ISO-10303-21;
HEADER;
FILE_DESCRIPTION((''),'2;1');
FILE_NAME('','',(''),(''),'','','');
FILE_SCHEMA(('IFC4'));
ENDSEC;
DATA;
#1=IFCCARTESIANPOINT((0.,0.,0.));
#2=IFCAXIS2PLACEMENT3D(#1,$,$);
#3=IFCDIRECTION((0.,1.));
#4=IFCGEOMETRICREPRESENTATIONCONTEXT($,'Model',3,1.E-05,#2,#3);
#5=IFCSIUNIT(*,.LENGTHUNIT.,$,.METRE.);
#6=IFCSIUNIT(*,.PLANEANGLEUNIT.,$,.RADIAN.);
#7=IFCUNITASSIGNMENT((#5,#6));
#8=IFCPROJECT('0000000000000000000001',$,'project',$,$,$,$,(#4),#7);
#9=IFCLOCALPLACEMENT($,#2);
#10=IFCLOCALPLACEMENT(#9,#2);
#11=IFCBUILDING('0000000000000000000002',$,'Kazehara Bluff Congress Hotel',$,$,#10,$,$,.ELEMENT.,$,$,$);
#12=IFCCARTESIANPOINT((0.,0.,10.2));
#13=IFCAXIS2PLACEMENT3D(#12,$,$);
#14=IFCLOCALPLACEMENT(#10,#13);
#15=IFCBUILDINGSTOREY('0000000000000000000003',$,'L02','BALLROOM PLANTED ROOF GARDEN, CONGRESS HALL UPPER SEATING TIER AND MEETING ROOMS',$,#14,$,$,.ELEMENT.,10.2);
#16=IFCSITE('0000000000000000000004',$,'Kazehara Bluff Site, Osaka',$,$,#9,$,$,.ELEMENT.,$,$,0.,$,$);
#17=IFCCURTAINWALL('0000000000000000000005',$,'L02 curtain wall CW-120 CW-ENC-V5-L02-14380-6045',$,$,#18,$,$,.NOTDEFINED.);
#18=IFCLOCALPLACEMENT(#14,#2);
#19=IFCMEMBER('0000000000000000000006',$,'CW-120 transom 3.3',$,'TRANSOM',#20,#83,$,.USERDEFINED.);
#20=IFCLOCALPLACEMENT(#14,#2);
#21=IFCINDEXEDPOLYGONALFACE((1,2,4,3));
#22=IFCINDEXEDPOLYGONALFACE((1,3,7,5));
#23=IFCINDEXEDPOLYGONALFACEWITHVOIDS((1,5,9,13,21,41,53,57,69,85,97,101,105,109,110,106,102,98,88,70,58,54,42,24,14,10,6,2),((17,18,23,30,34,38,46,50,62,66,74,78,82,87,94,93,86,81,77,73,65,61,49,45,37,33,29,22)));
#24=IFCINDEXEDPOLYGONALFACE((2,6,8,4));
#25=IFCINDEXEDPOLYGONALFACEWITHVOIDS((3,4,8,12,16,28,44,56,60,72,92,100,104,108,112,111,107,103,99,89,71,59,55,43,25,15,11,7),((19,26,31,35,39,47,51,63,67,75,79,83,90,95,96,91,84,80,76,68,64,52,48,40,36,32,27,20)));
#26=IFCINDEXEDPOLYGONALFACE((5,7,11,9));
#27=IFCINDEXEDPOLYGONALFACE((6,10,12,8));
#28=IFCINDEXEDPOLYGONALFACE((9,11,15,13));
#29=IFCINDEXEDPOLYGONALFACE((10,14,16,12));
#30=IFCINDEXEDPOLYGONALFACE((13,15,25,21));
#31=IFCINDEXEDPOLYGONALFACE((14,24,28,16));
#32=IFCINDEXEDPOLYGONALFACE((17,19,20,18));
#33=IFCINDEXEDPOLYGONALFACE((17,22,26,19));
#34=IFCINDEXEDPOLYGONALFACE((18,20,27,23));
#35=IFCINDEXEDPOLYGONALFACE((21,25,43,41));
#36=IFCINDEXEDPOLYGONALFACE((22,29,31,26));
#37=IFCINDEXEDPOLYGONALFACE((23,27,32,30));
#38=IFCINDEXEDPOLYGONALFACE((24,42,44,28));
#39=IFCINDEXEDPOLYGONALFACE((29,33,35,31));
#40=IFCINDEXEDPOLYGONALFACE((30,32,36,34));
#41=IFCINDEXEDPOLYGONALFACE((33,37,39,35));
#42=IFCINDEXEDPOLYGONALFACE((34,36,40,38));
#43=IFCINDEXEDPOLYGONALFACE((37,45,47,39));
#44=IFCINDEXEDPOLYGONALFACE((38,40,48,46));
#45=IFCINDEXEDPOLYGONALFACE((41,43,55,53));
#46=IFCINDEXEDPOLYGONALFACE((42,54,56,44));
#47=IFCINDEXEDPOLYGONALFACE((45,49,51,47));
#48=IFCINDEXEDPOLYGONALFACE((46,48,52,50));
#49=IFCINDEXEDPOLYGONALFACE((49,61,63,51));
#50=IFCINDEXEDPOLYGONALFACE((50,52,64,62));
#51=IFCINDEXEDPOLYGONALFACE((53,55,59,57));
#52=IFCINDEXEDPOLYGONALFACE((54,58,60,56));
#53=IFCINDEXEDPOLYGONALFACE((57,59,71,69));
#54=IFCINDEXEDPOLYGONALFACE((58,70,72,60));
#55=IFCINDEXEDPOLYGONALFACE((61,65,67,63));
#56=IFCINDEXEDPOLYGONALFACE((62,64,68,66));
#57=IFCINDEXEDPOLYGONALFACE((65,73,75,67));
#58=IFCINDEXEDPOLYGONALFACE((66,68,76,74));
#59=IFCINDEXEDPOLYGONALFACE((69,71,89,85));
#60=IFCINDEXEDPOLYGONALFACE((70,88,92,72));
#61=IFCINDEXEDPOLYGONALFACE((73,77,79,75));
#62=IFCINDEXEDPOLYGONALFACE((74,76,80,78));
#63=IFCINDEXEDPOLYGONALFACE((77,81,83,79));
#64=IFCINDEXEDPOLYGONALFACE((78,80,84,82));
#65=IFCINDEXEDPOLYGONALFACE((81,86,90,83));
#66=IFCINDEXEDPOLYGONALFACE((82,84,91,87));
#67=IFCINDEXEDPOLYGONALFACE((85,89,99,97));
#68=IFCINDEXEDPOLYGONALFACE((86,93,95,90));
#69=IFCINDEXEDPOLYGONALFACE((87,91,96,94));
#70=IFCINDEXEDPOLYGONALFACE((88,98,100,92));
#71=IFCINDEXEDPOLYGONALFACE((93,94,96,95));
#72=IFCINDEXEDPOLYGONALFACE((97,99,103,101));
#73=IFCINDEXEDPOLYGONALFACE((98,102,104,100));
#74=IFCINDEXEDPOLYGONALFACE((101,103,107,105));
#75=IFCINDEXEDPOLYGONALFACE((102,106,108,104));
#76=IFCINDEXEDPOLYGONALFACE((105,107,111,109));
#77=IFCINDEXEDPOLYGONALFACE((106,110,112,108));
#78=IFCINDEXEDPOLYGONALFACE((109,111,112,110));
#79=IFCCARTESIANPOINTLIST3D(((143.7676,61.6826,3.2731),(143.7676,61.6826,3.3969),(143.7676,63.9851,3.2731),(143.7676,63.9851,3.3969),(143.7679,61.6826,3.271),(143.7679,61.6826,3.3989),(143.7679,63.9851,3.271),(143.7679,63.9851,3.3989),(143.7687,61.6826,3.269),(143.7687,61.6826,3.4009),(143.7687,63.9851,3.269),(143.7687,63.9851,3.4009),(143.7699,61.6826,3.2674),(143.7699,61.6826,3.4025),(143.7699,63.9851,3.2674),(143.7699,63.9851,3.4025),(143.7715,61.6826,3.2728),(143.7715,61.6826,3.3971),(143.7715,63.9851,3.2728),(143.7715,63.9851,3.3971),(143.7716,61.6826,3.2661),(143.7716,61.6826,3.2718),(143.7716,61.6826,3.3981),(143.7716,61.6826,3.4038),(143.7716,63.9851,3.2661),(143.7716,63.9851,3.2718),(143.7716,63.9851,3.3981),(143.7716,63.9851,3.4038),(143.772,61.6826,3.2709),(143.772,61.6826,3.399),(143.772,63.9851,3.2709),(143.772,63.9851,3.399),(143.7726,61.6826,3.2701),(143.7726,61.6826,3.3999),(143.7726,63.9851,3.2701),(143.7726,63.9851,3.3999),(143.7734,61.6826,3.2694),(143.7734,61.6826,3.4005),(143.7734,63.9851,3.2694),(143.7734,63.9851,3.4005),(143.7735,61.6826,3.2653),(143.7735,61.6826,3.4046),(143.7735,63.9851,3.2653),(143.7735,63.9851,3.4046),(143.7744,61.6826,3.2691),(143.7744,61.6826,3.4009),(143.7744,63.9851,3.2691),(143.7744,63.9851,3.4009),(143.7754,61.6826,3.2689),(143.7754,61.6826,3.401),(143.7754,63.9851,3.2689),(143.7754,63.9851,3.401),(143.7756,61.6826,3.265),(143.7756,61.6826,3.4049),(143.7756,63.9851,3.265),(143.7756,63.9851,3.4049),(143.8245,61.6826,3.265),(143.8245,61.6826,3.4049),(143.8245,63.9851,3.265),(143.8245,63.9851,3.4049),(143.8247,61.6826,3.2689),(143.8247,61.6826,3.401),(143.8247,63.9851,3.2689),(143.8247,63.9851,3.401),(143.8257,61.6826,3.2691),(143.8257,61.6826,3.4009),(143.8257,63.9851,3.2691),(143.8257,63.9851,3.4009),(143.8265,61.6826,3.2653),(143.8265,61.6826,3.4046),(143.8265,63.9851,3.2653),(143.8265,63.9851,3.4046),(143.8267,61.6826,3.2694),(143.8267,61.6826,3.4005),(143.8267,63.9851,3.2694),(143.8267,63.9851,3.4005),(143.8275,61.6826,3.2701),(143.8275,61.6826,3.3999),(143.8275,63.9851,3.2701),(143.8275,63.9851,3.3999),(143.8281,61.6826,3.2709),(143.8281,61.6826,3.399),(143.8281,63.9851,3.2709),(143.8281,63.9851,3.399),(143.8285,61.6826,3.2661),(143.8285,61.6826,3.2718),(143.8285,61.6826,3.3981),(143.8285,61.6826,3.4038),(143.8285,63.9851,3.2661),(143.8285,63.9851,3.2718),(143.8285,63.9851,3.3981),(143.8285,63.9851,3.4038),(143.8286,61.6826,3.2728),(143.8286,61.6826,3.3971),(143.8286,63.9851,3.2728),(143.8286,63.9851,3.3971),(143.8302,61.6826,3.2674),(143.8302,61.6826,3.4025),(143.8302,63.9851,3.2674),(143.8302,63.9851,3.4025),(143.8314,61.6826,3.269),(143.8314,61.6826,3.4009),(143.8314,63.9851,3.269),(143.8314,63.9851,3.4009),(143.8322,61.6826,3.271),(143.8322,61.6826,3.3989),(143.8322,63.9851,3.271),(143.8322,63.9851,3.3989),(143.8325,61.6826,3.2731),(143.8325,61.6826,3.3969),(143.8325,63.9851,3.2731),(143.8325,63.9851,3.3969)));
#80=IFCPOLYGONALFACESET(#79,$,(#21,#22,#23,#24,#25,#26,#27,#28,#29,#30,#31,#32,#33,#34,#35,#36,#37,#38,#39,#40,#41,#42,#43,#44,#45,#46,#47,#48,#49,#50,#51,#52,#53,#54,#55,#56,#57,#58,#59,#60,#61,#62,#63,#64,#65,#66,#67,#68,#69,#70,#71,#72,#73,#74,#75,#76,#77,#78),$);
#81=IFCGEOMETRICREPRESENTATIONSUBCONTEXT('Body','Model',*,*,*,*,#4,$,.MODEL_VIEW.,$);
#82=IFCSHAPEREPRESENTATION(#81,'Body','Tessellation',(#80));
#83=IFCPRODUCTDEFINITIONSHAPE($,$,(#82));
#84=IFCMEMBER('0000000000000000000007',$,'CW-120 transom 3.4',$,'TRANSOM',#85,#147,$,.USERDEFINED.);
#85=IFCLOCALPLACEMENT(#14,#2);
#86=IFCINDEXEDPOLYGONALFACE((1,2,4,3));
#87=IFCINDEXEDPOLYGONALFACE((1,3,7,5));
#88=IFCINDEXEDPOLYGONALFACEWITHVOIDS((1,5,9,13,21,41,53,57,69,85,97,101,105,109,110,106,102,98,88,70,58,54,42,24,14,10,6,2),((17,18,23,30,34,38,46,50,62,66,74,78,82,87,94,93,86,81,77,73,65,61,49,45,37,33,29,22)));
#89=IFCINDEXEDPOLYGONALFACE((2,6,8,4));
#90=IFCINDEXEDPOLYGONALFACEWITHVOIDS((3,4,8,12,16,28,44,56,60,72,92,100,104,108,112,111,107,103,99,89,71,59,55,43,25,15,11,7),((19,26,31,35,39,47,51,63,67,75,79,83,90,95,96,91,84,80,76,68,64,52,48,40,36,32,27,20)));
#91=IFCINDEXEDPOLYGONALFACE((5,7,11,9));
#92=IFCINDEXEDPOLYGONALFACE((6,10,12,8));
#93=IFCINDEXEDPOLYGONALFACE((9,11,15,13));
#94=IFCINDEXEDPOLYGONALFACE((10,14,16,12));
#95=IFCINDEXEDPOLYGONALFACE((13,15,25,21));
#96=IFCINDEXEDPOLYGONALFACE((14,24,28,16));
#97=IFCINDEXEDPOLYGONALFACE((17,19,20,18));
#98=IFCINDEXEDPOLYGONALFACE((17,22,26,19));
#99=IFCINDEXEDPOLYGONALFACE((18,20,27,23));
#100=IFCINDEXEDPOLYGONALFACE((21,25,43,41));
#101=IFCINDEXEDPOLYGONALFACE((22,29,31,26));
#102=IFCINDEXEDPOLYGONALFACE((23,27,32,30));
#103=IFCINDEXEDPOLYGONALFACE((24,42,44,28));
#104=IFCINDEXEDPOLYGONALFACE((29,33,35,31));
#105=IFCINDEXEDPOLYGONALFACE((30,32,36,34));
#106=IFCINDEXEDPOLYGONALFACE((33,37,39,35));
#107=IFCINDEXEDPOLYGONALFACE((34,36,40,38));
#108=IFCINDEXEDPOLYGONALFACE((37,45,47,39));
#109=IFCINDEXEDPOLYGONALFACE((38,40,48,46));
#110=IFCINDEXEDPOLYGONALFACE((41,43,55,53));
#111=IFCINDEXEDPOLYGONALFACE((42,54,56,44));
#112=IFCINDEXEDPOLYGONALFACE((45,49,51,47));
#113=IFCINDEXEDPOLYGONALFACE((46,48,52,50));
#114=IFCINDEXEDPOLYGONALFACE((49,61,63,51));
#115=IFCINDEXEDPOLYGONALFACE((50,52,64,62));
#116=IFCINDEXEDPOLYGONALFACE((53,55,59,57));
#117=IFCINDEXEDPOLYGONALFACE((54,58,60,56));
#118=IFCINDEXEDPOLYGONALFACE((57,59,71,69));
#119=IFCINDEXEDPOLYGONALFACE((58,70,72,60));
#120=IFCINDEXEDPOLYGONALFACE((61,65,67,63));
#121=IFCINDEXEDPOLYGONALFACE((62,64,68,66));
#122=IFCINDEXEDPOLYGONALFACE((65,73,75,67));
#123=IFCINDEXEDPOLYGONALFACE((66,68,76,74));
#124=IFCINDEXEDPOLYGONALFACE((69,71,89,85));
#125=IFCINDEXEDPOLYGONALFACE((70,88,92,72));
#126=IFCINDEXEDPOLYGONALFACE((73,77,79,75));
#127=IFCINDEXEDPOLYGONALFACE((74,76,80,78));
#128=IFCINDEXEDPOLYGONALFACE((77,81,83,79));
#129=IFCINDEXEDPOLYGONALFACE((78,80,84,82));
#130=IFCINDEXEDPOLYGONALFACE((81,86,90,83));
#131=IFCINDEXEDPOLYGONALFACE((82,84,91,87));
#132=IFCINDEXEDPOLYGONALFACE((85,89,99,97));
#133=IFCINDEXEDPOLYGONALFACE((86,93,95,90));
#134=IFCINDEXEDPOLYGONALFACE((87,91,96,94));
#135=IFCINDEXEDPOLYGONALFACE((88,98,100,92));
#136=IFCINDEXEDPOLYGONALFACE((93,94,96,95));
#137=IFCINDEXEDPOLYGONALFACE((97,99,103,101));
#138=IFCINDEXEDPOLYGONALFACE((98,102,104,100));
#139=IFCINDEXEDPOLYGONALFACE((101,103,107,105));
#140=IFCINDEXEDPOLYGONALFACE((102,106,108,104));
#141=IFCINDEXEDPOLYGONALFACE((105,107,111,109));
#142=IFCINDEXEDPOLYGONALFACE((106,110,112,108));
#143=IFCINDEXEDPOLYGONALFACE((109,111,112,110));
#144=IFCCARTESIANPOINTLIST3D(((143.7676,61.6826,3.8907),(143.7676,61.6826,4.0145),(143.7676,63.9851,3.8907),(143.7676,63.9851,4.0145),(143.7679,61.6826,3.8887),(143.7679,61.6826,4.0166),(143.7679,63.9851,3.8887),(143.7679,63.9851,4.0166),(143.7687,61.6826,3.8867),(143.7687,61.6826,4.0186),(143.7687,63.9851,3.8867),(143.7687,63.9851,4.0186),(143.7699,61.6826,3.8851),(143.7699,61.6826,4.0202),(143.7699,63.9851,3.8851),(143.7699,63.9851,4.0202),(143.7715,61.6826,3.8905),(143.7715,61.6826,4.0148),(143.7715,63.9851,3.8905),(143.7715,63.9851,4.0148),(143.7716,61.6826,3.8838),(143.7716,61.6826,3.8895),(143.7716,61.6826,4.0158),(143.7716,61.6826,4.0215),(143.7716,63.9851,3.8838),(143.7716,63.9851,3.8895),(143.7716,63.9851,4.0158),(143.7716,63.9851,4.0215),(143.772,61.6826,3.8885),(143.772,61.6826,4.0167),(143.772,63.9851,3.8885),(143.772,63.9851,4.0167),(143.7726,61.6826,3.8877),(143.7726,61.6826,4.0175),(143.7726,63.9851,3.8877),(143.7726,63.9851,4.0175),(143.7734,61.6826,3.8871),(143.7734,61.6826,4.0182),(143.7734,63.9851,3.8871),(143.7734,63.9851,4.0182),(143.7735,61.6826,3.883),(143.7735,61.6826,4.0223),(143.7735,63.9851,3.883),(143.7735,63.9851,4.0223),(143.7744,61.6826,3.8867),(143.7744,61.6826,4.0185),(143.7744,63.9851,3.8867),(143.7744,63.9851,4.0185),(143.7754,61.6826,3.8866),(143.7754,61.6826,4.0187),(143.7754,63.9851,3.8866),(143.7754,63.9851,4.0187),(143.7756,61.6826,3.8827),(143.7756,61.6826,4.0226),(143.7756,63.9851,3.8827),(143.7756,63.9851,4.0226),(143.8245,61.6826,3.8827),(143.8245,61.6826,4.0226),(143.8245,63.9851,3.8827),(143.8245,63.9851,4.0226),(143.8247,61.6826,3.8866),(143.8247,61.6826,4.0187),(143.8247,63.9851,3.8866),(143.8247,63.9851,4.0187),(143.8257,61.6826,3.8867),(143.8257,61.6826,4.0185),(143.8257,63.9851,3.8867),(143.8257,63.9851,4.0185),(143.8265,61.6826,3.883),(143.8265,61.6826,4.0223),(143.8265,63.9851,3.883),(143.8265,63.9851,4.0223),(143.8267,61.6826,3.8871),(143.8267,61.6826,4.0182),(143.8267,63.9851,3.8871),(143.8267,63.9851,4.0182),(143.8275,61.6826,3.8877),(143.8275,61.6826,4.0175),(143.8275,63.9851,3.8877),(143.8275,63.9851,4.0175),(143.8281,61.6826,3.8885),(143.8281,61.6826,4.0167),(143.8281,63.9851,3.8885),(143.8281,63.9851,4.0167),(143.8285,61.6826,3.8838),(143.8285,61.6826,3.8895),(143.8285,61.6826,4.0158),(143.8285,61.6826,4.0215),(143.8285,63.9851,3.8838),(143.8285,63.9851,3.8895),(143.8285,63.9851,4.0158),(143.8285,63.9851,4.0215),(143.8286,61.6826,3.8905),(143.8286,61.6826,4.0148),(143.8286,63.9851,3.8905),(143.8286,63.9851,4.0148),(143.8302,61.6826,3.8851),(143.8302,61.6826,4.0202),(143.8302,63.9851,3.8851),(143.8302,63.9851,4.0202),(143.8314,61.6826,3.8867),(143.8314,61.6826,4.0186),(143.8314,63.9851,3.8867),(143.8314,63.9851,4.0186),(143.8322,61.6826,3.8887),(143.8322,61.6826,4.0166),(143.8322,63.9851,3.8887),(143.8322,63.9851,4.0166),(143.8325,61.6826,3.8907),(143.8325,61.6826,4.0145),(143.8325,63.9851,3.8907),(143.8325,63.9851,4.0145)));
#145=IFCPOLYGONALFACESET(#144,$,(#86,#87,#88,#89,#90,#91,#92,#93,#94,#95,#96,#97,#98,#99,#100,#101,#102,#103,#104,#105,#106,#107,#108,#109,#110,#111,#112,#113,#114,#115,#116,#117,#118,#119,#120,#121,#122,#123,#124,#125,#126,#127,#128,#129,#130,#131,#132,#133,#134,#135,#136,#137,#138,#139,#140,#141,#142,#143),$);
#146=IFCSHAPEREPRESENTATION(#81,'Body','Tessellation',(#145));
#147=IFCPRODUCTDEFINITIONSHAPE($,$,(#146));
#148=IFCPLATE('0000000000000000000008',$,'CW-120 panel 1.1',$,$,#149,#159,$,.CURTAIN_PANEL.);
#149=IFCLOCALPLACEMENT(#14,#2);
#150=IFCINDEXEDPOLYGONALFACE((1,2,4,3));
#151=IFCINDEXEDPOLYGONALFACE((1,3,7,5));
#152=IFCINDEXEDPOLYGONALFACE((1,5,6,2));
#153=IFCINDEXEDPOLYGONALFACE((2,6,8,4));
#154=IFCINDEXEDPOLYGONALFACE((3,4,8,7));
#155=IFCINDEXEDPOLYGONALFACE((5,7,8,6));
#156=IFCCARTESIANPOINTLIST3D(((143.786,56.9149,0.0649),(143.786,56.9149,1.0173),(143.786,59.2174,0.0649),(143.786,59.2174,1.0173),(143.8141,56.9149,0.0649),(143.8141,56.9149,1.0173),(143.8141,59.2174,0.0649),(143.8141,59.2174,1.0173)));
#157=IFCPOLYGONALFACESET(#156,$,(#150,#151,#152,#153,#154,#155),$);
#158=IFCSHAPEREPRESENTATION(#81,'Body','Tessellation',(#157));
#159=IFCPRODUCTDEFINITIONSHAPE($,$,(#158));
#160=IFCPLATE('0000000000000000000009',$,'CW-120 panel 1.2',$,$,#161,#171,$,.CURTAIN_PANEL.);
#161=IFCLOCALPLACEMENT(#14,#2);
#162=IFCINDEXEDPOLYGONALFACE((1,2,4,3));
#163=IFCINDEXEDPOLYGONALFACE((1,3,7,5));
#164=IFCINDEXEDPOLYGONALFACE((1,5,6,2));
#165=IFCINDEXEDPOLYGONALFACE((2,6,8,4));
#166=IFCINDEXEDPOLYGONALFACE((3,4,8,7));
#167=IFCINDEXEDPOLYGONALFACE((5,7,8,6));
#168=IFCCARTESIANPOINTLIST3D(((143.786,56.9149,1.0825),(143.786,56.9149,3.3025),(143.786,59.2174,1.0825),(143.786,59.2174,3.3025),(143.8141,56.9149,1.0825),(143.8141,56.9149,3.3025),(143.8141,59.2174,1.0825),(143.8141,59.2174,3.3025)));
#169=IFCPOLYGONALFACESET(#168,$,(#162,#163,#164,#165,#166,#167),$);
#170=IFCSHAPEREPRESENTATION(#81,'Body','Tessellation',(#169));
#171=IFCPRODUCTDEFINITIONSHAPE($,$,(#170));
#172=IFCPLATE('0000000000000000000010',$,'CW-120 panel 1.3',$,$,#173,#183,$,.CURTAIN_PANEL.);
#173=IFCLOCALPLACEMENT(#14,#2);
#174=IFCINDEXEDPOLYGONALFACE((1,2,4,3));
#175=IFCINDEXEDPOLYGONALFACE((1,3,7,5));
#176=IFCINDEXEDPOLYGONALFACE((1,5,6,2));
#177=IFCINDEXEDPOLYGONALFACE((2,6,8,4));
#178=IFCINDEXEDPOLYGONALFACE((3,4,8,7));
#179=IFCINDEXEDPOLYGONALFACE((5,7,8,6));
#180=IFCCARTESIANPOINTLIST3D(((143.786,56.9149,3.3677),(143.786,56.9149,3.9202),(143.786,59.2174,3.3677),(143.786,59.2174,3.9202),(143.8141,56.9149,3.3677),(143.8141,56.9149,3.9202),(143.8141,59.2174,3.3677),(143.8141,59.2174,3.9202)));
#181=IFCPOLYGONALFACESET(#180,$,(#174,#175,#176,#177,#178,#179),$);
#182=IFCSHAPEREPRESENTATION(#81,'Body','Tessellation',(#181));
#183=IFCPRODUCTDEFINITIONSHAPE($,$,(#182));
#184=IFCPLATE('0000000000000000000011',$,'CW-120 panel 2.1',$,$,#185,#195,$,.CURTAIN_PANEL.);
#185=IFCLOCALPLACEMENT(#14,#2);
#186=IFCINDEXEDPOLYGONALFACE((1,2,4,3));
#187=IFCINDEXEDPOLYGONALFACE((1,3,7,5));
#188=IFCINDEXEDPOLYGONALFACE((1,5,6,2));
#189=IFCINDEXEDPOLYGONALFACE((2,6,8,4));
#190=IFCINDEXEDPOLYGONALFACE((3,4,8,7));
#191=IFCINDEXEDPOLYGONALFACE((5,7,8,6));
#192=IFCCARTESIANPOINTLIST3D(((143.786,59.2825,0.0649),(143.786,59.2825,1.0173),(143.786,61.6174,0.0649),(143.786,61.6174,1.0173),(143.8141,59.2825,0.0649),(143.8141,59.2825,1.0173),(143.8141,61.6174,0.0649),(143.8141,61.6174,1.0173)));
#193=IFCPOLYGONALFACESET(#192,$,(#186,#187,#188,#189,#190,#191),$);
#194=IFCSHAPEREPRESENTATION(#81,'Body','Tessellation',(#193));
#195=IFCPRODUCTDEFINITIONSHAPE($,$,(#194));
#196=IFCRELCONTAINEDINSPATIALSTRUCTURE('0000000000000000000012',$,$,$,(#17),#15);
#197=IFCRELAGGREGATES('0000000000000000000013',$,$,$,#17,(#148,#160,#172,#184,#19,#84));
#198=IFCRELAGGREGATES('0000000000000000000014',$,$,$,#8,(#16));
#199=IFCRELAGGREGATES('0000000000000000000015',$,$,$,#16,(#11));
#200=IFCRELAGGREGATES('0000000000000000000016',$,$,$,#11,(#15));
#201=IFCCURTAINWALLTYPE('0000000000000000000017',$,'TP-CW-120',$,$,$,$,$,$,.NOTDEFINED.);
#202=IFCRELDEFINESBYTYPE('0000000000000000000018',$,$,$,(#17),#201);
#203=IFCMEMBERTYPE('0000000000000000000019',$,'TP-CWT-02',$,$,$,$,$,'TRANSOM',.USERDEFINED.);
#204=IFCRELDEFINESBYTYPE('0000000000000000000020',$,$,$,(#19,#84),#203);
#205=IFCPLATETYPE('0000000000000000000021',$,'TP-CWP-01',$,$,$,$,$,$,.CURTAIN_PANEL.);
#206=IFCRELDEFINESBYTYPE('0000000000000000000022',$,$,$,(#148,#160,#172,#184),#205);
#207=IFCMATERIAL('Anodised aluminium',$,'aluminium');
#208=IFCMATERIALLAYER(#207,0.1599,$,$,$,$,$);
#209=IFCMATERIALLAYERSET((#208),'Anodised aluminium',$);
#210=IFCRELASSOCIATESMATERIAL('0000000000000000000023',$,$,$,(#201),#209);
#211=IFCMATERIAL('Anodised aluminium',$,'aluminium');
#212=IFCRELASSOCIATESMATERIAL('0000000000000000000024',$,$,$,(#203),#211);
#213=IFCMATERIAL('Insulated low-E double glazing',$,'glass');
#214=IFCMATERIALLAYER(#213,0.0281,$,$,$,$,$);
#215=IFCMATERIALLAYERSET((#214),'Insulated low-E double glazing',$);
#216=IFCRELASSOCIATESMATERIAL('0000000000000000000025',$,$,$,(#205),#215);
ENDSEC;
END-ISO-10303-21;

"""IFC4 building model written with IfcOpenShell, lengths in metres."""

from ifc_helpers import new_model, si_unit, direction, frame, origin, origin_2d, place, context, subcontext, project, spatial, rectangle, hollow_rectangle, extrude, material, layer, layer_set, material_profile, profile_set, type_object, element, aggregate, save


model = new_model("IFC4")

# Units and contexts
model_context = context("Model", 3, precision=1e-05, world=origin(), true_north=direction((0.0, 1.0)))
body_context = subcontext(model_context, "Body", "Model", "MODEL_VIEW")
ifc_project = project(units=[si_unit("LENGTHUNIT", "METRE"), si_unit("PLANEANGLEUNIT", "RADIAN")], contexts=[model_context])

# Site, building, storey
site_placement = place(None, origin())
site = spatial("IfcSite", under=ifc_project, at=site_placement, Name="Kazehara Bluff Site, Osaka", CompositionType="ELEMENT", RefElevation=0.0)
building_placement = place(site_placement, origin())
building = spatial("IfcBuilding", under=site, at=building_placement, Name="Kazehara Bluff Congress Hotel", CompositionType="ELEMENT")
storey_placement = place(building_placement, frame((0.0, 0.0, 10.2)))
storey = spatial("IfcBuildingStorey", under=building, at=storey_placement, Name="L02", Description="BALLROOM PLANTED ROOF GARDEN, CONGRESS HALL UPPER SEATING TIER AND MEETING ROOMS", CompositionType="ELEMENT", Elevation=10.2)

# Curtain wall, members, plates
ifc_material_1 = material(Name="Anodised aluminium", Category="aluminium")
ifc_layer_1 = layer(ifc_material_1, 0.1599)
ifc_layer_set_1 = layer_set([ifc_layer_1], Name="Anodised aluminium")
curtain_wall_type_1 = type_object("IfcCurtainWallType", Name="TP-CW-120", PredefinedType="NOTDEFINED", material=ifc_layer_set_1)
curtain_wall_1_placement = place(storey_placement, origin())
curtain_wall_1 = element("IfcCurtainWall", 1, at=curtain_wall_1_placement, inside=storey, type_object=curtain_wall_type_1, Name="L02 curtain wall CW-120 CW-ENC-V5-L02-14380-6045", PredefinedType="NOTDEFINED")
ifc_material_2 = material(Name="Anodised aluminium", Category="aluminium")
ifc_material_profile_1 = material_profile(ifc_material_2, hollow_rectangle(XDim=0.0649, YDim=0.1399, WallThickness=0.0039, InnerFilletRadius=0.0039, OuterFilletRadius=0.0081, at=origin_2d()))
ifc_profile_set_1 = profile_set([ifc_material_profile_1], Name="Anodised aluminium")
member_type_1 = type_object("IfcMemberType", Name="TP-CWT-02", ElementType="TRANSOM", PredefinedType="USERDEFINED", material=ifc_profile_set_1)
member_1_placement = place(storey_placement, frame((143.8, 61.6826, 3.335), z_axis=(0.0, 1.0, 0.0), x_axis=(-1.0, 0.0, 0.0)))
member_1 = element("IfcMember", 2, at=member_1_placement, type_object=member_type_1, Name="CW-120 transom 3.3", ObjectType="TRANSOM", PredefinedType="USERDEFINED", context=body_context, shape_type="SweptSolid", body=[
    extrude(hollow_rectangle(XDim=0.0649, YDim=0.1399, WallThickness=0.0039, InnerFilletRadius=0.0039, OuterFilletRadius=0.0081, at=origin_2d()), origin(), (0.0, 0.0, 1.0), 2.3025),
])
member_2_placement = place(storey_placement, frame((143.8, 61.6826, 3.9526), z_axis=(0.0, 1.0, 0.0), x_axis=(-1.0, 0.0, 0.0)))
member_2 = element("IfcMember", 3, at=member_2_placement, type_object=member_type_1, Name="CW-120 transom 3.4", ObjectType="TRANSOM", PredefinedType="USERDEFINED", context=body_context, shape_type="SweptSolid", body=[
    extrude(hollow_rectangle(XDim=0.0649, YDim=0.1399, WallThickness=0.0039, InnerFilletRadius=0.0039, OuterFilletRadius=0.0081, at=origin_2d()), origin(), (0.0, 0.0, 1.0), 2.3025),
])
ifc_material_3 = material(Name="Insulated low-E double glazing", Category="glass")
ifc_layer_2 = layer(ifc_material_3, 0.0281)
ifc_layer_set_2 = layer_set([ifc_layer_2], Name="Insulated low-E double glazing")
plate_type_1 = type_object("IfcPlateType", Name="TP-CWP-01", PredefinedType="CURTAIN_PANEL", material=ifc_layer_set_2)
plate_1_placement = place(storey_placement, frame((143.8, 58.0662, 0.0649), z_axis=(0.0, 0.0, 1.0), x_axis=(0.0, 1.0, 0.0)))
plate_1 = element("IfcPlate", 4, at=plate_1_placement, type_object=plate_type_1, Name="CW-120 panel 1.1", PredefinedType="CURTAIN_PANEL", context=body_context, shape_type="SweptSolid", body=[
    extrude(rectangle(XDim=2.3025, YDim=0.0281, at=origin_2d()), origin(), (0.0, 0.0, 1.0), 0.9524),
])
plate_2_placement = place(storey_placement, frame((143.8, 58.0662, 1.0825), z_axis=(0.0, 0.0, 1.0), x_axis=(0.0, 1.0, 0.0)))
plate_2 = element("IfcPlate", 5, at=plate_2_placement, type_object=plate_type_1, Name="CW-120 panel 1.2", PredefinedType="CURTAIN_PANEL", context=body_context, shape_type="SweptSolid", body=[
    extrude(rectangle(XDim=2.3025, YDim=0.0281, at=origin_2d()), origin(), (0.0, 0.0, 1.0), 2.22),
])
plate_3_placement = place(storey_placement, frame((143.8, 58.0662, 3.3677), z_axis=(0.0, 0.0, 1.0), x_axis=(0.0, 1.0, 0.0)))
plate_3 = element("IfcPlate", 6, at=plate_3_placement, type_object=plate_type_1, Name="CW-120 panel 1.3", PredefinedType="CURTAIN_PANEL", context=body_context, shape_type="SweptSolid", body=[
    extrude(rectangle(XDim=2.3025, YDim=0.0281, at=origin_2d()), origin(), (0.0, 0.0, 1.0), 0.5525),
])
plate_4_placement = place(storey_placement, frame((143.8, 60.45, 0.0649), z_axis=(0.0, 0.0, 1.0), x_axis=(0.0, 1.0, 0.0)))
plate_4 = element("IfcPlate", 7, at=plate_4_placement, type_object=plate_type_1, Name="CW-120 panel 2.1", PredefinedType="CURTAIN_PANEL", context=body_context, shape_type="SweptSolid", body=[
    extrude(rectangle(XDim=2.335, YDim=0.0281, at=origin_2d()), origin(), (0.0, 0.0, 1.0), 0.9524),
])
aggregate(curtain_wall_1, [plate_1, plate_2, plate_3, plate_4, member_1, member_2])

save(model, "model.ifc")
